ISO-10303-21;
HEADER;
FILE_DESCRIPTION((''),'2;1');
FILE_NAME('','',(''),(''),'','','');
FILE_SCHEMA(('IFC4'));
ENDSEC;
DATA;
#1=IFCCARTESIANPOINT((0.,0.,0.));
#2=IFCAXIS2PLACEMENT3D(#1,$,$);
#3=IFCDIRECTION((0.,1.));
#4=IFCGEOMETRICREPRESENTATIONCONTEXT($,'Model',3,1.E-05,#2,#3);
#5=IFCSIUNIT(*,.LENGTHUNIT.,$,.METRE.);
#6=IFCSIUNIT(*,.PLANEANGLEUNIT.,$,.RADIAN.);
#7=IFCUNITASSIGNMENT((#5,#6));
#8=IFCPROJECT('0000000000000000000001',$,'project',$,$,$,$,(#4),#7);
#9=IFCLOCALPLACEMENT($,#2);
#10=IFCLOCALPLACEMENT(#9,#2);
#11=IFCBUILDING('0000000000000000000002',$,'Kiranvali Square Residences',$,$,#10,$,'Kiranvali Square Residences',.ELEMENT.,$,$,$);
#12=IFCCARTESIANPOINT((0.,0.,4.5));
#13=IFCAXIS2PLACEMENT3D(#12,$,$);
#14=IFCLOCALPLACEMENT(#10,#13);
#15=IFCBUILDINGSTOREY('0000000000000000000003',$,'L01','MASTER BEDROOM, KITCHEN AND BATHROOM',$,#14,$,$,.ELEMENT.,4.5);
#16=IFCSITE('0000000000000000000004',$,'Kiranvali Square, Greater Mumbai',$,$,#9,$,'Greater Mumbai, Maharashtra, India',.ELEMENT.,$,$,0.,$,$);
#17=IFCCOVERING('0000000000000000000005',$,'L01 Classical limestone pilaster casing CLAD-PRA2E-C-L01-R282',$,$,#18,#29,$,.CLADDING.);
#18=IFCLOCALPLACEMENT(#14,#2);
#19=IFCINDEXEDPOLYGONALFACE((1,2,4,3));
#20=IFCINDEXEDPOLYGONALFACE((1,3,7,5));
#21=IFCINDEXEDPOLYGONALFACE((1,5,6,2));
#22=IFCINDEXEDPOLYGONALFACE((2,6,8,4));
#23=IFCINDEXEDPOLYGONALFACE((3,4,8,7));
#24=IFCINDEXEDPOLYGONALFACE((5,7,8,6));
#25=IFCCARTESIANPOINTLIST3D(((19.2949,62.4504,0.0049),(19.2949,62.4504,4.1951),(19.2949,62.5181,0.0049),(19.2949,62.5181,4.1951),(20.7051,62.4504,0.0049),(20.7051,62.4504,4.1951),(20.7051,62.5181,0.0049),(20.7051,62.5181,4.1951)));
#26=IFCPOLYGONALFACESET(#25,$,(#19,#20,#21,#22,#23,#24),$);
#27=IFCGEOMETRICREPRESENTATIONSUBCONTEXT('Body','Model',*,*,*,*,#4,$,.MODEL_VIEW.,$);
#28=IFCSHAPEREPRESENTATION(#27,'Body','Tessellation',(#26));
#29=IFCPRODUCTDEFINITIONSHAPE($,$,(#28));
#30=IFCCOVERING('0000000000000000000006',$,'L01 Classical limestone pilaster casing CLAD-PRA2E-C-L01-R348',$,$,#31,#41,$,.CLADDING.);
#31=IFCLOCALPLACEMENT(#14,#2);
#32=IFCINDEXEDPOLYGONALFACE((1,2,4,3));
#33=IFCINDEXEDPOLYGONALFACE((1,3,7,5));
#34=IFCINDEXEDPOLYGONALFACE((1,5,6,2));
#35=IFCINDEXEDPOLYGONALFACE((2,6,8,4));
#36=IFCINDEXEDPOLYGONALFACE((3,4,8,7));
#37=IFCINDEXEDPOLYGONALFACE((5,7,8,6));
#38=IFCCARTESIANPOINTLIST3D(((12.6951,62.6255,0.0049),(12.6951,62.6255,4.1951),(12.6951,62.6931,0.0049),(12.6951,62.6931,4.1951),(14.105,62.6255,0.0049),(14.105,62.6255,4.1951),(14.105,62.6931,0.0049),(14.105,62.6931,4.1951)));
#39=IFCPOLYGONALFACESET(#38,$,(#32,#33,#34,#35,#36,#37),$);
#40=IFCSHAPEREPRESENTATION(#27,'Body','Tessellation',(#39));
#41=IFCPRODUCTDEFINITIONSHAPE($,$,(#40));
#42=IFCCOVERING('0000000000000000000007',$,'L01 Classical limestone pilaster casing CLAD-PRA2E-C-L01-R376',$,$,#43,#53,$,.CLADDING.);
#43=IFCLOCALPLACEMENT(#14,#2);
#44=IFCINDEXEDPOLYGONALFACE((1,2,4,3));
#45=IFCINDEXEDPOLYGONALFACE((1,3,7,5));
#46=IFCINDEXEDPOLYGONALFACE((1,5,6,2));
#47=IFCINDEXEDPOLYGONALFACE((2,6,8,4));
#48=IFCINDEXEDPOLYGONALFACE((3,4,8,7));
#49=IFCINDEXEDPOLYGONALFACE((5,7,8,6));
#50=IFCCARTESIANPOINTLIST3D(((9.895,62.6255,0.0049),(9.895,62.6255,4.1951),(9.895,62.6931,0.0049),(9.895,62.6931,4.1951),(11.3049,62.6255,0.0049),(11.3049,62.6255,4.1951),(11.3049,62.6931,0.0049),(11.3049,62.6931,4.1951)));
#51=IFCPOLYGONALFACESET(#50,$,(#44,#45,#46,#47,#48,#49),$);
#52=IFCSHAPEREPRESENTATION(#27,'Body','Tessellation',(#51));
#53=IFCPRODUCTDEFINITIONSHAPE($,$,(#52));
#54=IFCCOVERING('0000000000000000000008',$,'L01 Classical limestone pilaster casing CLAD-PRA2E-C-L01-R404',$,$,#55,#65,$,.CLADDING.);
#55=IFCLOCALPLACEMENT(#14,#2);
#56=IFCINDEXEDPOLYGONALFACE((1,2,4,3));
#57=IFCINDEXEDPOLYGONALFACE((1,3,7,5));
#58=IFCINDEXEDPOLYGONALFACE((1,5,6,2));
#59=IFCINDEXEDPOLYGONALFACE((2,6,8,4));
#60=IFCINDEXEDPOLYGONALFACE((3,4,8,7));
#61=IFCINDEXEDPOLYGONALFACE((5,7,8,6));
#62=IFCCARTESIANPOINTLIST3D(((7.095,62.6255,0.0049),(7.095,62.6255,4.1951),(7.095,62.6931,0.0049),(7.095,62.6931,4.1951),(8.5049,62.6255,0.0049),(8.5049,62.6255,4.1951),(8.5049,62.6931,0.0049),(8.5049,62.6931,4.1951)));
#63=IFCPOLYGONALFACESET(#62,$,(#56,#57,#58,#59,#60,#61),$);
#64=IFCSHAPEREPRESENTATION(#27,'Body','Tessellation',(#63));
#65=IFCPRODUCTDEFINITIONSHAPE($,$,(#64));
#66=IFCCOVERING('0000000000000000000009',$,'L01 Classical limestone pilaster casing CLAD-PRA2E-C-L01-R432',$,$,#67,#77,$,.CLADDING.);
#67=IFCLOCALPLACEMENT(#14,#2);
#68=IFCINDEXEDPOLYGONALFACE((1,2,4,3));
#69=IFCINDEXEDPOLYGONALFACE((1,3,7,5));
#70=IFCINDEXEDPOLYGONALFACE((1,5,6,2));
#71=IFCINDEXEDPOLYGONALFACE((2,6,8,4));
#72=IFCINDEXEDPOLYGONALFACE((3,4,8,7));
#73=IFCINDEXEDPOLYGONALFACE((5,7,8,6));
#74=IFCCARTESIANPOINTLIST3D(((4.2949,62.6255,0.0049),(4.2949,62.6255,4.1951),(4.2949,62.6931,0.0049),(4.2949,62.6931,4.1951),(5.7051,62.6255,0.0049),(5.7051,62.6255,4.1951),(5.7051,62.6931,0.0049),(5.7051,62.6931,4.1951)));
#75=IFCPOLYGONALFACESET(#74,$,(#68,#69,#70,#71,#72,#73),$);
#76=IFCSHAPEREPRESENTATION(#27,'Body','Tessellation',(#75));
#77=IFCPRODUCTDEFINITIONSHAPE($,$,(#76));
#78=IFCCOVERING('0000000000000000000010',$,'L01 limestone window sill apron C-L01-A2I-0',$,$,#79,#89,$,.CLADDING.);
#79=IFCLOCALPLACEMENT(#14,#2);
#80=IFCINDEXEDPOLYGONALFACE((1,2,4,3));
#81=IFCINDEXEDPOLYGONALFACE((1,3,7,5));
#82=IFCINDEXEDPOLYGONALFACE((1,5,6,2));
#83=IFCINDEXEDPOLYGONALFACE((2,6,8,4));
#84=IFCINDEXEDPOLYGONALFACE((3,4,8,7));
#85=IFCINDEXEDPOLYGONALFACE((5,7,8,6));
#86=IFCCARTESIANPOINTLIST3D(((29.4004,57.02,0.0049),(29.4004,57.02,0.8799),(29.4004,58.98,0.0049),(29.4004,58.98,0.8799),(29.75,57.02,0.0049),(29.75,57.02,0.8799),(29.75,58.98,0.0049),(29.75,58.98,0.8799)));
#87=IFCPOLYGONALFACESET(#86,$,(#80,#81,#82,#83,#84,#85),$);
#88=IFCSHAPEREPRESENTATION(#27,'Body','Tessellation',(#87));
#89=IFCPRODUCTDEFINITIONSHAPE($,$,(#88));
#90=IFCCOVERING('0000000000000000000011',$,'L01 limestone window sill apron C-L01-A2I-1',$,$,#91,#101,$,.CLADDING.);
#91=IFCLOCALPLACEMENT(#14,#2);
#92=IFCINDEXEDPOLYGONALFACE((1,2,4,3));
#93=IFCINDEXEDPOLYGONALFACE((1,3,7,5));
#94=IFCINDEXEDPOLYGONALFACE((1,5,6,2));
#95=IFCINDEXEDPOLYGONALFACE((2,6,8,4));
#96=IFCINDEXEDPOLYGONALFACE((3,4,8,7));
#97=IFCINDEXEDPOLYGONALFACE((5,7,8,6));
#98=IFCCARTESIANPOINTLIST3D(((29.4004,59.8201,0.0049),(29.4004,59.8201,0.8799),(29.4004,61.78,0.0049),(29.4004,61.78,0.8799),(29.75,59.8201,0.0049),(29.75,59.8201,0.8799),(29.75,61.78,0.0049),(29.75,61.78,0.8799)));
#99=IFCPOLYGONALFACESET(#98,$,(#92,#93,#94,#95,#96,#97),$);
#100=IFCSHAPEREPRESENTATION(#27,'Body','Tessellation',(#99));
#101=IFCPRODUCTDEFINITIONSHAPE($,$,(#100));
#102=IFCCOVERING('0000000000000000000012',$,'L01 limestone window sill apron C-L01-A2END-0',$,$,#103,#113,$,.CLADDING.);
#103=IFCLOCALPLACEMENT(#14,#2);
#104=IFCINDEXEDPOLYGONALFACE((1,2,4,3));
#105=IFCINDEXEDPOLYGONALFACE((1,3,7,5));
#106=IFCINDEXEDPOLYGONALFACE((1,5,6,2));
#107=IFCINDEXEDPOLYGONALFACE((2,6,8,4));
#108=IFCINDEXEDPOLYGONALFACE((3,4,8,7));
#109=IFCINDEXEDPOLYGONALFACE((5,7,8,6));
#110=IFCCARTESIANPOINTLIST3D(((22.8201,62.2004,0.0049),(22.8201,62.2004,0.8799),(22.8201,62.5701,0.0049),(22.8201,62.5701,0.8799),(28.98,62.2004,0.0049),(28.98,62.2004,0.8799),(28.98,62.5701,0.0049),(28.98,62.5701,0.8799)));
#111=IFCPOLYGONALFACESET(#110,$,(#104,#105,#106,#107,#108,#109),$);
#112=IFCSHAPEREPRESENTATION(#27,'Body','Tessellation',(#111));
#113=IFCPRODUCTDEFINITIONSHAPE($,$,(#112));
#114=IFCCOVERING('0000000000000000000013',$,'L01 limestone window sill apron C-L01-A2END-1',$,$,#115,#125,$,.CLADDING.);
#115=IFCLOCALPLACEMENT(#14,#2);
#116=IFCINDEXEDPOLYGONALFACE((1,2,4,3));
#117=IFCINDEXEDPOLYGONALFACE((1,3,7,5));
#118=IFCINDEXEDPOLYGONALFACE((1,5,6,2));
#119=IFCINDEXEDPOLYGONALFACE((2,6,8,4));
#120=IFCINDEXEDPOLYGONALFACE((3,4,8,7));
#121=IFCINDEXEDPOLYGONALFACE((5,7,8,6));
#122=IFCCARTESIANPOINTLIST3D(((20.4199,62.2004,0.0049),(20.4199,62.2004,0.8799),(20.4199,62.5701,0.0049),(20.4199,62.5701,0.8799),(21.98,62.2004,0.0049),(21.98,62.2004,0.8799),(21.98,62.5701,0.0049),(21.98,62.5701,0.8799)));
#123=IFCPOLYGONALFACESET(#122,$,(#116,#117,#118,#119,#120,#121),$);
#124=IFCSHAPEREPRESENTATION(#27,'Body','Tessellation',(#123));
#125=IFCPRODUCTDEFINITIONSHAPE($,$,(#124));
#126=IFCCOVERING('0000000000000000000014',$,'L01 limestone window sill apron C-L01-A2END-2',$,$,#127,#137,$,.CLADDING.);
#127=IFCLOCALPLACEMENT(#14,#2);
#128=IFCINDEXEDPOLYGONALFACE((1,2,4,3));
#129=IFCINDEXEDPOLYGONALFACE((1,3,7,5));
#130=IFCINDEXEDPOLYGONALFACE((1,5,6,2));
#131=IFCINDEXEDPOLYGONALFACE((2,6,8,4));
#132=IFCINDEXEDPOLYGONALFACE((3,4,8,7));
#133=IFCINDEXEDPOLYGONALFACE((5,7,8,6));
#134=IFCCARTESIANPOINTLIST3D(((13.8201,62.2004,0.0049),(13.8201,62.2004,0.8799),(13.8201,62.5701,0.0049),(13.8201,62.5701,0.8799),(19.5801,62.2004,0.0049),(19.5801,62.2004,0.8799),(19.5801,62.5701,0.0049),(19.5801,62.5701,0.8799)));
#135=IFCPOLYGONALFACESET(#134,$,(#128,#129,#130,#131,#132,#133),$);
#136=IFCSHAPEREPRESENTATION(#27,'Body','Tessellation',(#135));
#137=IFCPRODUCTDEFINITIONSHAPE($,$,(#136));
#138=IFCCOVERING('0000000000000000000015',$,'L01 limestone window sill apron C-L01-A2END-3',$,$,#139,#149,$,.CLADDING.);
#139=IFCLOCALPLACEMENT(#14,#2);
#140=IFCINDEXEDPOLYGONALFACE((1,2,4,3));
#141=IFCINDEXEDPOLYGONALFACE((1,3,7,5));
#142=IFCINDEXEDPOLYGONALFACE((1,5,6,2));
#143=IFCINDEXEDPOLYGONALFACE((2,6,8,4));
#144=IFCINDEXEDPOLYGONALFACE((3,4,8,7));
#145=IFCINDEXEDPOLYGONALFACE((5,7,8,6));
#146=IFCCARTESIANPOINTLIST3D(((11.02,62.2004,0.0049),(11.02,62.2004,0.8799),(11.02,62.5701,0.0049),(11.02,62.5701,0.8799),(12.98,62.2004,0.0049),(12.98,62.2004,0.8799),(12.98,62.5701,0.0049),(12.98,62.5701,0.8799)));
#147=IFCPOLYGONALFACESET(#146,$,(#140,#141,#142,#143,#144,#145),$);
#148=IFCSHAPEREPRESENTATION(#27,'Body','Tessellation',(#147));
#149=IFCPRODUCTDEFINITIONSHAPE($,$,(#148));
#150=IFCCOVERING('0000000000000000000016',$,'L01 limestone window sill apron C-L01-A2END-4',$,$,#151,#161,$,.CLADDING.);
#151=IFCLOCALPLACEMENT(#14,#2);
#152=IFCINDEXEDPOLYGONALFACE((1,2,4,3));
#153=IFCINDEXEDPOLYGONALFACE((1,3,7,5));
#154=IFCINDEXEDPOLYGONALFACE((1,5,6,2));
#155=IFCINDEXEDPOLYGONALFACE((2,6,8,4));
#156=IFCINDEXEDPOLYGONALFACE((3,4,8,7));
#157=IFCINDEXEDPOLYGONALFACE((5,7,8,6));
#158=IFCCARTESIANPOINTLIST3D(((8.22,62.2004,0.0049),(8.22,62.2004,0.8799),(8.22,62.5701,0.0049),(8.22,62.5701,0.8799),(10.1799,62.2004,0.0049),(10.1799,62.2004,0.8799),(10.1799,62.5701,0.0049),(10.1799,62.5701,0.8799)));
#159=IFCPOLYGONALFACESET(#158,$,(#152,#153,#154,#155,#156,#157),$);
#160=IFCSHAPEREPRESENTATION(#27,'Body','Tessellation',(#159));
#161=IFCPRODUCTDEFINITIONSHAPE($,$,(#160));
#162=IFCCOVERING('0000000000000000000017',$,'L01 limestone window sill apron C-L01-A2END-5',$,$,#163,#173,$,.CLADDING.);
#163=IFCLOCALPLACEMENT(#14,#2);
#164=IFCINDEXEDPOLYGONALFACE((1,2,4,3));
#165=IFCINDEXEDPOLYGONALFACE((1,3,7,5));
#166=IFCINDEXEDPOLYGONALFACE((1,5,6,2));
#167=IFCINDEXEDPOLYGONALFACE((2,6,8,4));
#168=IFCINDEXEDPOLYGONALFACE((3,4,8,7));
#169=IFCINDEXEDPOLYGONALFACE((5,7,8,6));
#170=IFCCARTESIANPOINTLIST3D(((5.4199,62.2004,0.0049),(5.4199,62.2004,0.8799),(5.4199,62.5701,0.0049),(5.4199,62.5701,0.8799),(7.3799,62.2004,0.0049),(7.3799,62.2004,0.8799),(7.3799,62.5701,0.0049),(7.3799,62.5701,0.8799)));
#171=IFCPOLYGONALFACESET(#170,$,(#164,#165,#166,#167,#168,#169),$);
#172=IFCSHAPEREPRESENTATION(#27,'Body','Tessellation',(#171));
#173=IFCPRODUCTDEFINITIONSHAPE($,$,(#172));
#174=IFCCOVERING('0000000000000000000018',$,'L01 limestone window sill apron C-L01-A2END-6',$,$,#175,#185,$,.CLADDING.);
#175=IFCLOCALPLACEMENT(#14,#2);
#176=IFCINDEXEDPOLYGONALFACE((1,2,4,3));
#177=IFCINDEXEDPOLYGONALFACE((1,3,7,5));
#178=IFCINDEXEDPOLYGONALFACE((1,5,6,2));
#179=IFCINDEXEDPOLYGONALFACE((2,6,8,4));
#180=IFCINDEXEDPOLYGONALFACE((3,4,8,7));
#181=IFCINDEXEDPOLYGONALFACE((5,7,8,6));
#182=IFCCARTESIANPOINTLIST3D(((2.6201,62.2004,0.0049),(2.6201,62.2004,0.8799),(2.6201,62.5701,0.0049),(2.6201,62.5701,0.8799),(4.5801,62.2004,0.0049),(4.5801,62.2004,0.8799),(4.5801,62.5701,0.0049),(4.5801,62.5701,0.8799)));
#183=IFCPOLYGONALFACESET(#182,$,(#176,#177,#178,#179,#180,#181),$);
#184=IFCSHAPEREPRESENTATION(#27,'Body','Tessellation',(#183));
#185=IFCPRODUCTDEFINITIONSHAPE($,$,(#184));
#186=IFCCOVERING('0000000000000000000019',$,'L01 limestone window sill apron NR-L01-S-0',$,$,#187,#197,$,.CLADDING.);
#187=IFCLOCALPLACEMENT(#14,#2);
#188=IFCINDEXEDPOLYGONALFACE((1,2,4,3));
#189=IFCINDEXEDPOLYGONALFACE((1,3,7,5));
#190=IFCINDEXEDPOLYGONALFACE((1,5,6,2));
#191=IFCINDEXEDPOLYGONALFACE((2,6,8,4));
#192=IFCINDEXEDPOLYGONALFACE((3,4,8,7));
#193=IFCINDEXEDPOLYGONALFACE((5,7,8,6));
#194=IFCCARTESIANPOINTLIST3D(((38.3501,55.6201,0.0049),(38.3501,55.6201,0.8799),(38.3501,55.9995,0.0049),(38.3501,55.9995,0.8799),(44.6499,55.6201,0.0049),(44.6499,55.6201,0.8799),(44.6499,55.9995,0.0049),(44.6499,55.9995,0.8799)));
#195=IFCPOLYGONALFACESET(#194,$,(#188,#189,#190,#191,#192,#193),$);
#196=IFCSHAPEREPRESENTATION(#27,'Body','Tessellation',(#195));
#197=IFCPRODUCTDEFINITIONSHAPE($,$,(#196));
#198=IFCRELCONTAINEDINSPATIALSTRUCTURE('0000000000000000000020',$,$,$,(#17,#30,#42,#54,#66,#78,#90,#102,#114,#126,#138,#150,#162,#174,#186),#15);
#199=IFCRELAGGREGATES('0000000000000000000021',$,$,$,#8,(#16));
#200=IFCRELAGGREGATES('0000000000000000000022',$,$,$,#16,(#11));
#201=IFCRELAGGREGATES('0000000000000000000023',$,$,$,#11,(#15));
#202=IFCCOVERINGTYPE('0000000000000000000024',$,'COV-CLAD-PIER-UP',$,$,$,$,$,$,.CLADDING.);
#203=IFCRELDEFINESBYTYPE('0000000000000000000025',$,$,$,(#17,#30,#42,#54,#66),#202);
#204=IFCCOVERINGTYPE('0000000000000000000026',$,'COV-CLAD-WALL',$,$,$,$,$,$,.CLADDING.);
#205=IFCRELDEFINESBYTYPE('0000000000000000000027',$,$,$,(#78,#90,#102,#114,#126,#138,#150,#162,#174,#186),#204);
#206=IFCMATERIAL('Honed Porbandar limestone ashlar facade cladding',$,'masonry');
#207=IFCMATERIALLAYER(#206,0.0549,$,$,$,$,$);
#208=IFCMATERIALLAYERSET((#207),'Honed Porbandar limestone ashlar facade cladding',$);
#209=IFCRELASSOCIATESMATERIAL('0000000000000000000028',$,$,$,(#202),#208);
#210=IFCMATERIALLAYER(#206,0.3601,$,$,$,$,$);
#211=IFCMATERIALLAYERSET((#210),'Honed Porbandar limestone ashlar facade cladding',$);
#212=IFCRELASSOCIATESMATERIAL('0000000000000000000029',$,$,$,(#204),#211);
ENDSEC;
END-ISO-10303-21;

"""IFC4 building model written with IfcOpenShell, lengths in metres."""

from ifc_helpers import new_model, si_unit, direction, frame, origin, place, context, subcontext, project, spatial, polyline, outline, extrude, material, layer, layer_set, type_object, element, save


model = new_model("IFC4")

# Units and contexts
model_context = context("Model", 3, precision=1e-05, world=origin(), true_north=direction((0.0, 1.0)))
body_context = subcontext(model_context, "Body", "Model", "MODEL_VIEW")
ifc_project = project(units=[si_unit("LENGTHUNIT", "METRE"), si_unit("PLANEANGLEUNIT", "RADIAN")], contexts=[model_context])

# Site, building, storey
site_placement = place(None, origin())
site = spatial("IfcSite", under=ifc_project, at=site_placement, Name="Kiranvali Square, Greater Mumbai", LongName="Greater Mumbai, Maharashtra, India", CompositionType="ELEMENT", RefElevation=0.0)
building_placement = place(site_placement, origin())
building = spatial("IfcBuilding", under=site, at=building_placement, Name="Kiranvali Square Residences", LongName="Kiranvali Square Residences", CompositionType="ELEMENT")
storey_placement = place(building_placement, frame((0.0, 0.0, 4.5)))
storey = spatial("IfcBuildingStorey", under=building, at=storey_placement, Name="L01", Description="MASTER BEDROOM, KITCHEN AND BATHROOM", CompositionType="ELEMENT", Elevation=4.5)

# Coverings
ifc_material = material(Name="Honed Porbandar limestone ashlar facade cladding", Category="masonry")
ifc_layer_1 = layer(ifc_material, 0.0549)
ifc_layer_set_1 = layer_set([ifc_layer_1], Name="Honed Porbandar limestone ashlar facade cladding")
covering_type_1 = type_object("IfcCoveringType", Name="COV-CLAD-PIER-UP", PredefinedType="CLADDING", material=ifc_layer_set_1)
covering_1_placement = place(storey_placement, frame((0.0, 0.0, 0.0049)))
element("IfcCovering", 1, at=covering_1_placement, inside=storey, type_object=covering_type_1, Name="L01 Classical limestone pilaster casing CLAD-PRA2E-C-L01-R282", PredefinedType="CLADDING", context=body_context, shape_type="SweptSolid", body=[
    extrude(outline(polyline([(20.7051, 62.5181), (19.2949, 62.5181), (19.2949, 62.4504), (20.7051, 62.4504), (20.7051, 62.5181)])), origin(), (0.0, 0.0, 1.0), 4.1902),
])
covering_2_placement = place(storey_placement, frame((0.0, 0.0, 0.0049)))
element("IfcCovering", 2, at=covering_2_placement, inside=storey, type_object=covering_type_1, Name="L01 Classical limestone pilaster casing CLAD-PRA2E-C-L01-R348", PredefinedType="CLADDING", context=body_context, shape_type="SweptSolid", body=[
    extrude(outline(polyline([(14.105, 62.6931), (12.6951, 62.6931), (12.6951, 62.6255), (14.105, 62.6255), (14.105, 62.6931)])), origin(), (0.0, 0.0, 1.0), 4.1902),
])
covering_3_placement = place(storey_placement, frame((0.0, 0.0, 0.0049)))
element("IfcCovering", 3, at=covering_3_placement, inside=storey, type_object=covering_type_1, Name="L01 Classical limestone pilaster casing CLAD-PRA2E-C-L01-R376", PredefinedType="CLADDING", context=body_context, shape_type="SweptSolid", body=[
    extrude(outline(polyline([(11.3049, 62.6931), (9.895, 62.6931), (9.895, 62.6255), (11.3049, 62.6255), (11.3049, 62.6931)])), origin(), (0.0, 0.0, 1.0), 4.1902),
])
covering_4_placement = place(storey_placement, frame((0.0, 0.0, 0.0049)))
element("IfcCovering", 4, at=covering_4_placement, inside=storey, type_object=covering_type_1, Name="L01 Classical limestone pilaster casing CLAD-PRA2E-C-L01-R404", PredefinedType="CLADDING", context=body_context, shape_type="SweptSolid", body=[
    extrude(outline(polyline([(8.5049, 62.6931), (7.095, 62.6931), (7.095, 62.6255), (8.5049, 62.6255), (8.5049, 62.6931)])), origin(), (0.0, 0.0, 1.0), 4.1902),
])
covering_5_placement = place(storey_placement, frame((0.0, 0.0, 0.0049)))
element("IfcCovering", 5, at=covering_5_placement, inside=storey, type_object=covering_type_1, Name="L01 Classical limestone pilaster casing CLAD-PRA2E-C-L01-R432", PredefinedType="CLADDING", context=body_context, shape_type="SweptSolid", body=[
    extrude(outline(polyline([(5.7051, 62.6931), (4.2949, 62.6931), (4.2949, 62.6255), (5.7051, 62.6255), (5.7051, 62.6931)])), origin(), (0.0, 0.0, 1.0), 4.1902),
])
ifc_layer_2 = layer(ifc_material, 0.3601)
ifc_layer_set_2 = layer_set([ifc_layer_2], Name="Honed Porbandar limestone ashlar facade cladding")
covering_type_2 = type_object("IfcCoveringType", Name="COV-CLAD-WALL", PredefinedType="CLADDING", material=ifc_layer_set_2)
covering_6_placement = place(storey_placement, frame((0.0, 0.0, 0.0049)))
element("IfcCovering", 6, at=covering_6_placement, inside=storey, type_object=covering_type_2, Name="L01 limestone window sill apron C-L01-A2I-0", PredefinedType="CLADDING", context=body_context, shape_type="SweptSolid", body=[
    extrude(outline(polyline([(29.75, 57.02), (29.75, 58.98), (29.4004, 58.98), (29.4004, 57.02), (29.75, 57.02)])), origin(), (0.0, 0.0, 1.0), 0.875),
])
covering_7_placement = place(storey_placement, frame((0.0, 0.0, 0.0049)))
element("IfcCovering", 7, at=covering_7_placement, inside=storey, type_object=covering_type_2, Name="L01 limestone window sill apron C-L01-A2I-1", PredefinedType="CLADDING", context=body_context, shape_type="SweptSolid", body=[
    extrude(outline(polyline([(29.75, 59.8201), (29.75, 61.78), (29.4004, 61.78), (29.4004, 59.8201), (29.75, 59.8201)])), origin(), (0.0, 0.0, 1.0), 0.875),
])
covering_8_placement = place(storey_placement, frame((0.0, 0.0, 0.0049)))
element("IfcCovering", 8, at=covering_8_placement, inside=storey, type_object=covering_type_2, Name="L01 limestone window sill apron C-L01-A2END-0", PredefinedType="CLADDING", context=body_context, shape_type="SweptSolid", body=[
    extrude(outline(polyline([(28.98, 62.5701), (22.8201, 62.5701), (22.8201, 62.2004), (28.98, 62.2004), (28.98, 62.5701)])), origin(), (0.0, 0.0, 1.0), 0.875),
])
covering_9_placement = place(storey_placement, frame((0.0, 0.0, 0.0049)))
element("IfcCovering", 9, at=covering_9_placement, inside=storey, type_object=covering_type_2, Name="L01 limestone window sill apron C-L01-A2END-1", PredefinedType="CLADDING", context=body_context, shape_type="SweptSolid", body=[
    extrude(outline(polyline([(21.98, 62.5701), (20.4199, 62.5701), (20.4199, 62.2004), (21.98, 62.2004), (21.98, 62.5701)])), origin(), (0.0, 0.0, 1.0), 0.875),
])
covering_10_placement = place(storey_placement, frame((0.0, 0.0, 0.0049)))
element("IfcCovering", 10, at=covering_10_placement, inside=storey, type_object=covering_type_2, Name="L01 limestone window sill apron C-L01-A2END-2", PredefinedType="CLADDING", context=body_context, shape_type="SweptSolid", body=[
    extrude(outline(polyline([(19.5801, 62.5701), (13.8201, 62.5701), (13.8201, 62.2004), (19.5801, 62.2004), (19.5801, 62.5701)])), origin(), (0.0, 0.0, 1.0), 0.875),
])
covering_11_placement = place(storey_placement, frame((0.0, 0.0, 0.0049)))
element("IfcCovering", 11, at=covering_11_placement, inside=storey, type_object=covering_type_2, Name="L01 limestone window sill apron C-L01-A2END-3", PredefinedType="CLADDING", context=body_context, shape_type="SweptSolid", body=[
    extrude(outline(polyline([(12.98, 62.5701), (11.02, 62.5701), (11.02, 62.2004), (12.98, 62.2004), (12.98, 62.5701)])), origin(), (0.0, 0.0, 1.0), 0.875),
])
covering_12_placement = place(storey_placement, frame((0.0, 0.0, 0.0049)))
element("IfcCovering", 12, at=covering_12_placement, inside=storey, type_object=covering_type_2, Name="L01 limestone window sill apron C-L01-A2END-4", PredefinedType="CLADDING", context=body_context, shape_type="SweptSolid", body=[
    extrude(outline(polyline([(10.1799, 62.5701), (8.22, 62.5701), (8.22, 62.2004), (10.1799, 62.2004), (10.1799, 62.5701)])), origin(), (0.0, 0.0, 1.0), 0.875),
])
covering_13_placement = place(storey_placement, frame((0.0, 0.0, 0.0049)))
element("IfcCovering", 13, at=covering_13_placement, inside=storey, type_object=covering_type_2, Name="L01 limestone window sill apron C-L01-A2END-5", PredefinedType="CLADDING", context=body_context, shape_type="SweptSolid", body=[
    extrude(outline(polyline([(7.3799, 62.5701), (5.4199, 62.5701), (5.4199, 62.2004), (7.3799, 62.2004), (7.3799, 62.5701)])), origin(), (0.0, 0.0, 1.0), 0.875),
])
covering_14_placement = place(storey_placement, frame((0.0, 0.0, 0.0049)))
element("IfcCovering", 14, at=covering_14_placement, inside=storey, type_object=covering_type_2, Name="L01 limestone window sill apron C-L01-A2END-6", PredefinedType="CLADDING", context=body_context, shape_type="SweptSolid", body=[
    extrude(outline(polyline([(4.5801, 62.5701), (2.6201, 62.5701), (2.6201, 62.2004), (4.5801, 62.2004), (4.5801, 62.5701)])), origin(), (0.0, 0.0, 1.0), 0.875),
])
covering_15_placement = place(storey_placement, frame((0.0, 0.0, 0.0049)))
element("IfcCovering", 15, at=covering_15_placement, inside=storey, type_object=covering_type_2, Name="L01 limestone window sill apron NR-L01-S-0", PredefinedType="CLADDING", context=body_context, shape_type="SweptSolid", body=[
    extrude(outline(polyline([(38.3501, 55.6201), (44.6499, 55.6201), (44.6499, 55.9995), (38.3501, 55.9995), (38.3501, 55.6201)])), origin(), (0.0, 0.0, 1.0), 0.875),
])

save(model, "model.ifc")
